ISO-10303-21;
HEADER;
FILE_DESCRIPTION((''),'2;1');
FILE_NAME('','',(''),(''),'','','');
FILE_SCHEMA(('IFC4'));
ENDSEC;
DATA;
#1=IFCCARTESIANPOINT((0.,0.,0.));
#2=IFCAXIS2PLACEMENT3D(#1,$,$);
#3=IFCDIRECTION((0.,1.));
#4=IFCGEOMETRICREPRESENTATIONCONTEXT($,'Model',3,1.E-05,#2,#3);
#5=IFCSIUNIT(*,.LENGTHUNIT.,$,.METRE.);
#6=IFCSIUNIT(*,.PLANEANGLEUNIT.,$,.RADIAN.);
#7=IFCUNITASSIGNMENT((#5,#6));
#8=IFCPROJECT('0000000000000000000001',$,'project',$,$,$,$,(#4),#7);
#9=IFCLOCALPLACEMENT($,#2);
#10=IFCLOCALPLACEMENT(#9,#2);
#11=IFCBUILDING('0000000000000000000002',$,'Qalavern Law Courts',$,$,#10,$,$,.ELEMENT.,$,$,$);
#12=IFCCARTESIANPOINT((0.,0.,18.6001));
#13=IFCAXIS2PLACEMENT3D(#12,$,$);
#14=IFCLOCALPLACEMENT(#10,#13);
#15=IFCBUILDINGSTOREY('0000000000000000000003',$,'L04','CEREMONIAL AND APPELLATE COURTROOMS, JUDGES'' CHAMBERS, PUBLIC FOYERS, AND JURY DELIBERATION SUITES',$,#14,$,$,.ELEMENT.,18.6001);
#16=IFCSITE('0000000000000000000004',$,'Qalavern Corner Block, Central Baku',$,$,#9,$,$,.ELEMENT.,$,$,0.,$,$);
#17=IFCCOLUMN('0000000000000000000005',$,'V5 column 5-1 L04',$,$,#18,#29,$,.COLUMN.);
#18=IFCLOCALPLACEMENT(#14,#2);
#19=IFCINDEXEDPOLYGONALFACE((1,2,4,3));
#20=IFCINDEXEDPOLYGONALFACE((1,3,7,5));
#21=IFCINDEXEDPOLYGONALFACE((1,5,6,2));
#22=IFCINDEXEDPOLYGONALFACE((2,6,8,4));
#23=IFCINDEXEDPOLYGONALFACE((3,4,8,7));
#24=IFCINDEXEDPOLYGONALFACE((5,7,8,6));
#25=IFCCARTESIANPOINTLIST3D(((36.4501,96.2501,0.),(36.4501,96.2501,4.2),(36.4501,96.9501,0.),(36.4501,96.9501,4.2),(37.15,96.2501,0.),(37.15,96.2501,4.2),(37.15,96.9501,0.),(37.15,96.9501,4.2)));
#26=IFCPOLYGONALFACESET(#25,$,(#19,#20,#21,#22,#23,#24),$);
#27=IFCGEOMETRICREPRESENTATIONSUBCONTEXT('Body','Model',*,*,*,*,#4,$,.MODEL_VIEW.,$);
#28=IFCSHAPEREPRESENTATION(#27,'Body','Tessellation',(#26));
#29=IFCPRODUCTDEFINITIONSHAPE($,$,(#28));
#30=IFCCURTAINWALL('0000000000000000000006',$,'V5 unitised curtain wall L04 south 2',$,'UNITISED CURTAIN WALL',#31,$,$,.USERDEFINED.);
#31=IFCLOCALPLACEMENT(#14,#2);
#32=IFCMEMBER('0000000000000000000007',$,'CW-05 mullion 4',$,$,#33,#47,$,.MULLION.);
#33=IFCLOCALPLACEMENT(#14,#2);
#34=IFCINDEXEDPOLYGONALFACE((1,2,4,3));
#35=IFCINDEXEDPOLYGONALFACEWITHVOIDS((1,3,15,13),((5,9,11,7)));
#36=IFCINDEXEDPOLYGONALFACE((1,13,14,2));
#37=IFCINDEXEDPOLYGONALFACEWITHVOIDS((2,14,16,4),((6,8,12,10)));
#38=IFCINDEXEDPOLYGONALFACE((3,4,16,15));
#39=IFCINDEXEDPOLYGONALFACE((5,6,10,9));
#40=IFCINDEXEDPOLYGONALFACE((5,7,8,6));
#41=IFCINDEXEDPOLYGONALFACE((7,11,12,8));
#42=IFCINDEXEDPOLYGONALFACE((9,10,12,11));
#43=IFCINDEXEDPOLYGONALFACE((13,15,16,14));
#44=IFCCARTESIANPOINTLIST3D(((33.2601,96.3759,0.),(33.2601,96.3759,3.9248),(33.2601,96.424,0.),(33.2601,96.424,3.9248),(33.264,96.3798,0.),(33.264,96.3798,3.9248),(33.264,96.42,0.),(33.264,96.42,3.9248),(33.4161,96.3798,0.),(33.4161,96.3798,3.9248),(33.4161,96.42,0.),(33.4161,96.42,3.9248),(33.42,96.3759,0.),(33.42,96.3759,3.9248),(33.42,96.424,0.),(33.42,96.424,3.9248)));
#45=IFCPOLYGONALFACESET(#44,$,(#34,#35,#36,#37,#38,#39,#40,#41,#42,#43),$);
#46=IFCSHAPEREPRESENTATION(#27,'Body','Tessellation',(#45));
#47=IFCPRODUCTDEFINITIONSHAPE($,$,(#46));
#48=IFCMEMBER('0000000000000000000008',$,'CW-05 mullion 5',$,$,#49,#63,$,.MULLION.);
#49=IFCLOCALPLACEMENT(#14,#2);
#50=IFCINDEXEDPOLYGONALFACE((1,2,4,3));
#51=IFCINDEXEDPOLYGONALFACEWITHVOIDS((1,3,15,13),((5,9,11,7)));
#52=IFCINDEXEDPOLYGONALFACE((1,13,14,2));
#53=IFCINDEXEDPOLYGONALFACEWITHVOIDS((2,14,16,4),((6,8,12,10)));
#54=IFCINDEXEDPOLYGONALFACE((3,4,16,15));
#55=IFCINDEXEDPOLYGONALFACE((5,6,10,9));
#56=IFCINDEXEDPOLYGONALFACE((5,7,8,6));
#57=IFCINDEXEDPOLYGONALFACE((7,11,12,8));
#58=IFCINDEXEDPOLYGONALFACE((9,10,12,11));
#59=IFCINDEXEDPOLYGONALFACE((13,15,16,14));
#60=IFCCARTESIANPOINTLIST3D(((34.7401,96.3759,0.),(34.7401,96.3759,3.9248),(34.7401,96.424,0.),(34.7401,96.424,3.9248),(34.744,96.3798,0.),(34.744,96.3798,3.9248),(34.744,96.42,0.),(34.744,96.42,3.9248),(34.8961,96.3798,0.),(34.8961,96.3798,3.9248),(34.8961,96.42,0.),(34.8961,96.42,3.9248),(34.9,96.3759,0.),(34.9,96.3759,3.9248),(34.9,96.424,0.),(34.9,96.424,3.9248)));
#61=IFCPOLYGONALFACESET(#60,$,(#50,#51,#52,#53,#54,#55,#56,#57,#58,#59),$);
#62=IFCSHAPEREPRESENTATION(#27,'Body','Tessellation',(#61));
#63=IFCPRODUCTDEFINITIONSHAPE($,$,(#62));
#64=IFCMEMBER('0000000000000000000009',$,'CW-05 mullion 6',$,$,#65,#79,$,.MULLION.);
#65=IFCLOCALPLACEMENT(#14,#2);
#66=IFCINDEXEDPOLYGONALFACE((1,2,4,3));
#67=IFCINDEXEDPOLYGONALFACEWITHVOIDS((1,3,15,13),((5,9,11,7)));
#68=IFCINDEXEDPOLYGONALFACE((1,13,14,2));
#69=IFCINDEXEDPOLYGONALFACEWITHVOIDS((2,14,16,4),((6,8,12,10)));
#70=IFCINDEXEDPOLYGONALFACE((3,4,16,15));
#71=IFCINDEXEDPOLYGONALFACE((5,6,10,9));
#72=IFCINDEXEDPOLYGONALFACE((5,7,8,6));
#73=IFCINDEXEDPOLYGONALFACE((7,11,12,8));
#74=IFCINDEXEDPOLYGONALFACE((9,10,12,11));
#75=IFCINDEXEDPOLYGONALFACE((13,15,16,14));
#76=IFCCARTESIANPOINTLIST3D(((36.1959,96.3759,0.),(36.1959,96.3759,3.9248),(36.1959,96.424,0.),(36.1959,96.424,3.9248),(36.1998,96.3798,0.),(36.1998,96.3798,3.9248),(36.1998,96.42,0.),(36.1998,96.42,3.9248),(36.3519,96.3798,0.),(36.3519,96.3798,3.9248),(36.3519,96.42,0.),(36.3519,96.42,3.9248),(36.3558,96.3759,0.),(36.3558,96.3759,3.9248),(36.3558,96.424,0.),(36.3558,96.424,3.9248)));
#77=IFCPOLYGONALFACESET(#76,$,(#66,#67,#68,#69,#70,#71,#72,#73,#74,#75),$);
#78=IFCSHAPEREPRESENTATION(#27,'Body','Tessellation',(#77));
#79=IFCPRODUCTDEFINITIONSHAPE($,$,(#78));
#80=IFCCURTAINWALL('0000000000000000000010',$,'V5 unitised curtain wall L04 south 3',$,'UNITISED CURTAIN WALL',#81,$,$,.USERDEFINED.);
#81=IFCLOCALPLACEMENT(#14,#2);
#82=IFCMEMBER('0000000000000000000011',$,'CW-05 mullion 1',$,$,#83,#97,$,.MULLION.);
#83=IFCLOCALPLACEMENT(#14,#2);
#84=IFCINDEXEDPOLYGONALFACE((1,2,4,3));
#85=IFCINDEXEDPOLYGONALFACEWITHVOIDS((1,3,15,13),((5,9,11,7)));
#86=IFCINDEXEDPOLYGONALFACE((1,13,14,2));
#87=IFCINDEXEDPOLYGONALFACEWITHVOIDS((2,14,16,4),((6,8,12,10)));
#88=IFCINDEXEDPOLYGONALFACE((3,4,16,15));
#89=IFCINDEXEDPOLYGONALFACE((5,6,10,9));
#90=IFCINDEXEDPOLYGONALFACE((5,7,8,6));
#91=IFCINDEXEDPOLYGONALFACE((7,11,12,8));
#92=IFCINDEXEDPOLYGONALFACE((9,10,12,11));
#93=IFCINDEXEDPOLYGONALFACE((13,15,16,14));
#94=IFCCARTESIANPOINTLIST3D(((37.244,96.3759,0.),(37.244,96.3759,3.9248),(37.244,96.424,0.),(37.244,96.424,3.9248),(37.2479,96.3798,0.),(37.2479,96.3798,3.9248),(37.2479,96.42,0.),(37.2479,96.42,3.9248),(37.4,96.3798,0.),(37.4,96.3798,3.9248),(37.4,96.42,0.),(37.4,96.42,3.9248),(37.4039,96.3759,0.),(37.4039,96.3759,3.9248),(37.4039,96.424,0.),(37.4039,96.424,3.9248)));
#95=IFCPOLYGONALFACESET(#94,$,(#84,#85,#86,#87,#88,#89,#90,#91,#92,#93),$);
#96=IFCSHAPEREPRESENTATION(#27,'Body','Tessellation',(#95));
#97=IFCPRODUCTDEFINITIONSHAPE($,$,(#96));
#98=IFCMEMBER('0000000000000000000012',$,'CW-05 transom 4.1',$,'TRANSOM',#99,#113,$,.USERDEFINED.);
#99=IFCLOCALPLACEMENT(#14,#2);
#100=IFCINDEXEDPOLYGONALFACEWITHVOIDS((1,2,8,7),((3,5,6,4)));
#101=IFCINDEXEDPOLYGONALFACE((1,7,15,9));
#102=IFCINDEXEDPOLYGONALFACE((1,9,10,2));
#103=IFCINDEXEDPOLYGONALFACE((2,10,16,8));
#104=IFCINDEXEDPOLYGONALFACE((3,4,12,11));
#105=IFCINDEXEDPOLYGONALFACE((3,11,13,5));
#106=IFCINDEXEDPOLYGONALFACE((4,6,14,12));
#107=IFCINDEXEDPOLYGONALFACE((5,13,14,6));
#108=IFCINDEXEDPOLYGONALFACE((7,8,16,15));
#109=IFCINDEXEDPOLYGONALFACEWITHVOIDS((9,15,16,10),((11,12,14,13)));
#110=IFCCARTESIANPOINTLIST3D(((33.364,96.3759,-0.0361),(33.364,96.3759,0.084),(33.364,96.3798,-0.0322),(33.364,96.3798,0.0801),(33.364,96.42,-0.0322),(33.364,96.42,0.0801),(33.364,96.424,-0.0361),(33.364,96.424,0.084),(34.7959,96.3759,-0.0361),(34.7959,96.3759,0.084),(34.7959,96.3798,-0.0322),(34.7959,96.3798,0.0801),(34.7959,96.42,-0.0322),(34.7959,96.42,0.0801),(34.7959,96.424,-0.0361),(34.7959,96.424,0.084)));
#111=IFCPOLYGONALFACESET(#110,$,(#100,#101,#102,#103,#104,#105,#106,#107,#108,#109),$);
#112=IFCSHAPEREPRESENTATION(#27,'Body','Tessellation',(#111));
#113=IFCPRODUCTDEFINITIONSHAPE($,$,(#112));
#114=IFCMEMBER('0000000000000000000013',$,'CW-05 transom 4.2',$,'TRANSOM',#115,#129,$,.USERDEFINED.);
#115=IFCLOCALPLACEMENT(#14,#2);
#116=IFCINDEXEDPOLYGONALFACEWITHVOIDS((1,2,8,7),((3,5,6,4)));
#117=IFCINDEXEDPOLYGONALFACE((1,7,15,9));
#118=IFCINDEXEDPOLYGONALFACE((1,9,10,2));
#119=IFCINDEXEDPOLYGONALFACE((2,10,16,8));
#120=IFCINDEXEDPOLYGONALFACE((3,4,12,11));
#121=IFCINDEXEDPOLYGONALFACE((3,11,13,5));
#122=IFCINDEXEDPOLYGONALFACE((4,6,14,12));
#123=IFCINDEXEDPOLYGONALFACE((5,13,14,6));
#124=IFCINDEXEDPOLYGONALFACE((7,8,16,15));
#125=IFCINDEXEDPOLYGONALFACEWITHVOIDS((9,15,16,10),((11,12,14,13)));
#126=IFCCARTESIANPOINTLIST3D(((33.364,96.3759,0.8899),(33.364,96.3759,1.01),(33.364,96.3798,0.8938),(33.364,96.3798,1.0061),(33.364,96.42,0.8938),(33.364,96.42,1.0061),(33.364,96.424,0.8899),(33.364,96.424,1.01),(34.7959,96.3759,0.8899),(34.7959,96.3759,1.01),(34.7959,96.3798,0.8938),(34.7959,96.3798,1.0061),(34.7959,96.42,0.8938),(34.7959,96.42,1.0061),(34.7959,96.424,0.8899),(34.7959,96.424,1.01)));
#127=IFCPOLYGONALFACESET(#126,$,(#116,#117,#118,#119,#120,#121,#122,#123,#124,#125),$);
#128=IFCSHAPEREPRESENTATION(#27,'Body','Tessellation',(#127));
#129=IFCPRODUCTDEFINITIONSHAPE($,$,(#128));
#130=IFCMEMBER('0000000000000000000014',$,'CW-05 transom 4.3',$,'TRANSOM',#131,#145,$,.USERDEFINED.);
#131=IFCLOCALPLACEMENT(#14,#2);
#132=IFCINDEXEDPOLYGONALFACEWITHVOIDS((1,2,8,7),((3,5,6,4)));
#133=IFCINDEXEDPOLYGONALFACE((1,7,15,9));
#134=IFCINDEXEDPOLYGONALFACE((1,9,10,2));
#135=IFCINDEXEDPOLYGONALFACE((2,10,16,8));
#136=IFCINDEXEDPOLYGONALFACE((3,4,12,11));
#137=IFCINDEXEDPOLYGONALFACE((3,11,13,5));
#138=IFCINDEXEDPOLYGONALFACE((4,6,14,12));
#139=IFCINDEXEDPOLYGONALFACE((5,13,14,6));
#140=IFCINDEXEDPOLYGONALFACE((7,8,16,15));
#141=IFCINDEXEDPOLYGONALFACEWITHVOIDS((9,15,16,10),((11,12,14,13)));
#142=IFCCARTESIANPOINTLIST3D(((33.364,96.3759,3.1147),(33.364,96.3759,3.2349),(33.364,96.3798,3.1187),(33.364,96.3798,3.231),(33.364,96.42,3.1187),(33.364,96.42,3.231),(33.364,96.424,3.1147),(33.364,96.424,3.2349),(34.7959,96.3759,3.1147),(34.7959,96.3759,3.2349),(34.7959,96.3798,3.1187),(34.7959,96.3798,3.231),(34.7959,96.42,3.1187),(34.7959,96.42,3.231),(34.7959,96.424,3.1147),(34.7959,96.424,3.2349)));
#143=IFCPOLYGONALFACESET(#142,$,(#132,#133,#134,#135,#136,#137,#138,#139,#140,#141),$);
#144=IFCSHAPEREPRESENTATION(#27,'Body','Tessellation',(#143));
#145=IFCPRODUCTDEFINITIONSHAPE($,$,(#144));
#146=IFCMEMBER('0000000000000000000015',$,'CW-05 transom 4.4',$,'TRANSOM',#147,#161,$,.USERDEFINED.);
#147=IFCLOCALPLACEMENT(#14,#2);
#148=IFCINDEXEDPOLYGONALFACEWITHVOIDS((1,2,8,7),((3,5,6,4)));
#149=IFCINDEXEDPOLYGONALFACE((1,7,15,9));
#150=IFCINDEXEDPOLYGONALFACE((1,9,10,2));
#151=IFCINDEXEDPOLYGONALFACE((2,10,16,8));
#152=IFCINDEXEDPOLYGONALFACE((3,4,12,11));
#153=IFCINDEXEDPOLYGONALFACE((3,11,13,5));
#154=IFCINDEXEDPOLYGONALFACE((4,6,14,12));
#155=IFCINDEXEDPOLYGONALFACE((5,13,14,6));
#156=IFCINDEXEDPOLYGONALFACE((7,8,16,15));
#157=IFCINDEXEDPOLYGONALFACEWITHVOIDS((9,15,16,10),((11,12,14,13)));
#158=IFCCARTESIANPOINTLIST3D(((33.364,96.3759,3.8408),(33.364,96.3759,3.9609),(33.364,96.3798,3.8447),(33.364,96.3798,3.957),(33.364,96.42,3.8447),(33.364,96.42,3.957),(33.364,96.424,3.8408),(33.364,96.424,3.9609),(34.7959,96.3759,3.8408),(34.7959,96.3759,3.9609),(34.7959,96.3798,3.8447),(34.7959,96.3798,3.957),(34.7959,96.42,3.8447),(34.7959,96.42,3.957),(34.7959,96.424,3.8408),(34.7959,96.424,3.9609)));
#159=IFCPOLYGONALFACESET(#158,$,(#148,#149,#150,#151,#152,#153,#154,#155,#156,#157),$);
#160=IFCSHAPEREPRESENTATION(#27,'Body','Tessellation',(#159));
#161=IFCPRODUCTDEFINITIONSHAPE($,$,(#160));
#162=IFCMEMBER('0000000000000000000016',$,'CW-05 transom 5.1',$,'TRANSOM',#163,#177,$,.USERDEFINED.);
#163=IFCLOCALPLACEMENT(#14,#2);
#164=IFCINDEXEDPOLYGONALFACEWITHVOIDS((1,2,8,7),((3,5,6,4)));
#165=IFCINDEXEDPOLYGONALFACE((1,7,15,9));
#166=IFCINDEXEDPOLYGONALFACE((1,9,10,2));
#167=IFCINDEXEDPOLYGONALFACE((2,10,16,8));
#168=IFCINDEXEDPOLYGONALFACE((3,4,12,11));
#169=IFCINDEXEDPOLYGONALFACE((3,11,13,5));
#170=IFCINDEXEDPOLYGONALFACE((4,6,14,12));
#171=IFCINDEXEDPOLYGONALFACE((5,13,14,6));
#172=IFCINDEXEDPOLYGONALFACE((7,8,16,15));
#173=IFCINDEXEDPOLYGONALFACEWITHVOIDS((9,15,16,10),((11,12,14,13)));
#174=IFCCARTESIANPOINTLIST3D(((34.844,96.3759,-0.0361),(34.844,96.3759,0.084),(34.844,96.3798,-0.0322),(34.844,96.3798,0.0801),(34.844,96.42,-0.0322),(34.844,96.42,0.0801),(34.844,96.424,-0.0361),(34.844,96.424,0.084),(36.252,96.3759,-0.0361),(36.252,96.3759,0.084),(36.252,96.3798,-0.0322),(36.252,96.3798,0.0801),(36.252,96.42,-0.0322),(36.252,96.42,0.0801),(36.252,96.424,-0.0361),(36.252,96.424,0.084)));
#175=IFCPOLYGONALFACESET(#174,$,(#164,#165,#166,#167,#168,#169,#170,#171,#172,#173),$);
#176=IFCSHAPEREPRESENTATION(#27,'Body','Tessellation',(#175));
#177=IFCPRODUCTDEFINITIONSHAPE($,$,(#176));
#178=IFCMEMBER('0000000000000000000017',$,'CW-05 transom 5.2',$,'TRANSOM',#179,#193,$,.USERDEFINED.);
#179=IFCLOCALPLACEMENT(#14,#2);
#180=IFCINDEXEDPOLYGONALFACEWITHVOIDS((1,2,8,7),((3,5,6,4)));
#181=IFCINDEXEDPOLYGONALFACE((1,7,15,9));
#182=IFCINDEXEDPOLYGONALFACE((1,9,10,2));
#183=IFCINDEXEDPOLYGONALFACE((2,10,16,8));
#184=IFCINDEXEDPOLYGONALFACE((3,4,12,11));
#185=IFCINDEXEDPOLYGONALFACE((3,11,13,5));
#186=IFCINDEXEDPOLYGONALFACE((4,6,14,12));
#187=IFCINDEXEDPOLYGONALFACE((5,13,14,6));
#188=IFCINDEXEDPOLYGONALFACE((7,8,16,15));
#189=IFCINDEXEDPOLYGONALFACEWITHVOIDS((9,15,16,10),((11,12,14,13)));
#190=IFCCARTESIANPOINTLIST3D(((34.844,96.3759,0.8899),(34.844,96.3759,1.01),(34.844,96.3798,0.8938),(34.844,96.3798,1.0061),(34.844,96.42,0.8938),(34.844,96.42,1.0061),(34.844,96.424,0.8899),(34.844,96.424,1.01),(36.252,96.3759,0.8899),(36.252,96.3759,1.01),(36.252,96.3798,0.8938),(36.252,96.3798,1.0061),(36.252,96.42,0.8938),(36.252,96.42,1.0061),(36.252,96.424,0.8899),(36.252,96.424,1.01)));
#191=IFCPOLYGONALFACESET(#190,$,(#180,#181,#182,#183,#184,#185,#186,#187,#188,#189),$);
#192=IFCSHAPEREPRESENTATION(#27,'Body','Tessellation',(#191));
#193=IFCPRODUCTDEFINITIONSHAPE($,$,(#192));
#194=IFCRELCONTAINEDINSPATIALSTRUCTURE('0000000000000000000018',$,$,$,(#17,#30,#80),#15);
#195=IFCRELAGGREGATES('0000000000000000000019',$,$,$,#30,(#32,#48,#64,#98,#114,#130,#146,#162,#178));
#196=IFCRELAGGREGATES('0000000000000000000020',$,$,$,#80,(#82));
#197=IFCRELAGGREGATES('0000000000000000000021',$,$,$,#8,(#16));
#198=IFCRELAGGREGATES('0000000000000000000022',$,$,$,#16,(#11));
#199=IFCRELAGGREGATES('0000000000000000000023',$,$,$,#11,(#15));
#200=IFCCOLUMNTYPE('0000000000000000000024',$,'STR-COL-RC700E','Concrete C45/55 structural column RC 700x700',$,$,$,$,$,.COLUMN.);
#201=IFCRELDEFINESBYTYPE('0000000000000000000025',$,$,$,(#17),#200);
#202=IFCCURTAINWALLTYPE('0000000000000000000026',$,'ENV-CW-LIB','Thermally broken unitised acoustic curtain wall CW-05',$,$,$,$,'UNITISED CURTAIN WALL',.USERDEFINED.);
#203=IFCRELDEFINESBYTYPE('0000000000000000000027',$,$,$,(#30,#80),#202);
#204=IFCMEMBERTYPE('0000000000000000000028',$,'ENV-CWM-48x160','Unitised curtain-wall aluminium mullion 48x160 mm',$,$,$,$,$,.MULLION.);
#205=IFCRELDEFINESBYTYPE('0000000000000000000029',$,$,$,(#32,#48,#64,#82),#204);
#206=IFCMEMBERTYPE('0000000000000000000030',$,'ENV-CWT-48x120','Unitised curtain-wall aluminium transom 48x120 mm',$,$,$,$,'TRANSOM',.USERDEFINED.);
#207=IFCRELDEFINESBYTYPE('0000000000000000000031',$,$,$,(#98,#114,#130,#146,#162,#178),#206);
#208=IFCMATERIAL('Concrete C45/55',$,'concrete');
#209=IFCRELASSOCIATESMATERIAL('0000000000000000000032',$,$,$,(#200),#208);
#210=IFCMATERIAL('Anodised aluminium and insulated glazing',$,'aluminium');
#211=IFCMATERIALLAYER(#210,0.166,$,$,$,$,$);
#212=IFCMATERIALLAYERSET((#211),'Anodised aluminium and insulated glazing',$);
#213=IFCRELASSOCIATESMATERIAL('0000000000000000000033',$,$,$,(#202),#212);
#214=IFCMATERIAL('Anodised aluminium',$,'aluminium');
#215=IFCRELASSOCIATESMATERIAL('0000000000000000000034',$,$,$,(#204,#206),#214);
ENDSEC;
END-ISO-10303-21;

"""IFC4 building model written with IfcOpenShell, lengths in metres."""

from ifc_helpers import new_model, si_unit, direction, frame, origin, origin_2d, place, context, subcontext, project, spatial, rectangle, hollow_rectangle, extrude, material, layer, layer_set, material_profile, profile_set, type_object, element, aggregate, save


model = new_model("IFC4")

# Units and contexts
model_context = context("Model", 3, precision=1e-05, world=origin(), true_north=direction((0.0, 1.0)))
body_context = subcontext(model_context, "Body", "Model", "MODEL_VIEW")
ifc_project = project(units=[si_unit("LENGTHUNIT", "METRE"), si_unit("PLANEANGLEUNIT", "RADIAN")], contexts=[model_context])

# Site, building, storey
site_placement = place(None, origin())
site = spatial("IfcSite", under=ifc_project, at=site_placement, Name="Qalavern Corner Block, Central Baku", CompositionType="ELEMENT", RefElevation=0.0)
building_placement = place(site_placement, origin())
building = spatial("IfcBuilding", under=site, at=building_placement, Name="Qalavern Law Courts", CompositionType="ELEMENT")
storey_placement = place(building_placement, frame((0.0, 0.0, 18.6001)))
storey = spatial("IfcBuildingStorey", under=building, at=storey_placement, Name="L04", Description="CEREMONIAL AND APPELLATE COURTROOMS, JUDGES' CHAMBERS, PUBLIC FOYERS, AND JURY DELIBERATION SUITES", CompositionType="ELEMENT", Elevation=18.6001)

# Column
ifc_material_1 = material(Name="Concrete C45/55", Category="concrete")
ifc_material_profile_1 = material_profile(ifc_material_1, rectangle(XDim=0.7, YDim=0.7, at=origin_2d()), Name="RC 700x700")
ifc_profile_set_1 = profile_set([ifc_material_profile_1], Name="Concrete C45/55")
column_type = type_object("IfcColumnType", Name="STR-COL-RC700E", Description="Concrete C45/55 structural column RC 700x700", PredefinedType="COLUMN", material=ifc_profile_set_1)
column_placement = place(storey_placement, frame((36.8, 96.6001, 0.0), z_axis=(0.0, 0.0, 1.0), x_axis=(1.0, 0.0, 0.0)))
element("IfcColumn", 1, at=column_placement, inside=storey, type_object=column_type, Name="V5 column 5-1 L04", PredefinedType="COLUMN", context=body_context, shape_type="SweptSolid", body=[
    extrude(rectangle(XDim=0.7, YDim=0.7, at=origin_2d()), origin(), (0.0, 0.0, 1.0), 4.2),
])

# Curtain wall, members
ifc_material_2 = material(Name="Anodised aluminium and insulated glazing", Category="aluminium")
ifc_layer_1 = layer(ifc_material_2, 0.166)
ifc_layer_set_1 = layer_set([ifc_layer_1], Name="Anodised aluminium and insulated glazing")
curtain_wall_type = type_object("IfcCurtainWallType", Name="ENV-CW-LIB", Description="Thermally broken unitised acoustic curtain wall CW-05", ElementType="UNITISED CURTAIN WALL", PredefinedType="USERDEFINED", material=ifc_layer_set_1)
curtain_wall_1_placement = place(storey_placement, origin())
curtain_wall_1 = element("IfcCurtainWall", 2, at=curtain_wall_1_placement, inside=storey, type_object=curtain_wall_type, Name="V5 unitised curtain wall L04 south 2", ObjectType="UNITISED CURTAIN WALL", PredefinedType="USERDEFINED")
ifc_material_3 = material(Name="Anodised aluminium", Category="aluminium")
ifc_material_profile_2 = material_profile(ifc_material_3, hollow_rectangle(XDim=0.0481, YDim=0.1599, WallThickness=0.0039, at=origin_2d()), Name="ALU MULLION 48x160")
ifc_profile_set_2 = profile_set([ifc_material_profile_2], Name="Anodised aluminium")
member_type_1 = type_object("IfcMemberType", Name="ENV-CWM-48x160", Description="Unitised curtain-wall aluminium mullion 48x160 mm", PredefinedType="MULLION", material=ifc_profile_set_2)
member_1_placement = place(storey_placement, frame((33.3401, 96.3999, 0.0), z_axis=(0.0, 0.0, 1.0), x_axis=(0.0, 1.0, 0.0)))
member_1 = element("IfcMember", 3, at=member_1_placement, type_object=member_type_1, Name="CW-05 mullion 4", PredefinedType="MULLION", context=body_context, shape_type="SweptSolid", body=[
    extrude(hollow_rectangle(XDim=0.0481, YDim=0.1599, WallThickness=0.0039, at=origin_2d()), origin(), (0.0, 0.0, 1.0), 3.9248),
])
member_2_placement = place(storey_placement, frame((34.8201, 96.3999, 0.0), z_axis=(0.0, 0.0, 1.0), x_axis=(0.0, 1.0, 0.0)))
member_2 = element("IfcMember", 4, at=member_2_placement, type_object=member_type_1, Name="CW-05 mullion 5", PredefinedType="MULLION", context=body_context, shape_type="SweptSolid", body=[
    extrude(hollow_rectangle(XDim=0.0481, YDim=0.1599, WallThickness=0.0039, at=origin_2d()), origin(), (0.0, 0.0, 1.0), 3.9248),
])
member_3_placement = place(storey_placement, frame((36.2759, 96.3999, 0.0), z_axis=(0.0, 0.0, 1.0), x_axis=(0.0, 1.0, 0.0)))
member_3 = element("IfcMember", 5, at=member_3_placement, type_object=member_type_1, Name="CW-05 mullion 6", PredefinedType="MULLION", context=body_context, shape_type="SweptSolid", body=[
    extrude(hollow_rectangle(XDim=0.0481, YDim=0.1599, WallThickness=0.0039, at=origin_2d()), origin(), (0.0, 0.0, 1.0), 3.9248),
])

# Curtain wall, member
curtain_wall_2_placement = place(storey_placement, origin())
curtain_wall_2 = element("IfcCurtainWall", 6, at=curtain_wall_2_placement, inside=storey, type_object=curtain_wall_type, Name="V5 unitised curtain wall L04 south 3", ObjectType="UNITISED CURTAIN WALL", PredefinedType="USERDEFINED")
member_4_placement = place(storey_placement, frame((37.324, 96.3999, 0.0), z_axis=(0.0, 0.0, 1.0), x_axis=(0.0, 1.0, 0.0)))
member_4 = element("IfcMember", 7, at=member_4_placement, type_object=member_type_1, Name="CW-05 mullion 1", PredefinedType="MULLION", context=body_context, shape_type="SweptSolid", body=[
    extrude(hollow_rectangle(XDim=0.0481, YDim=0.1599, WallThickness=0.0039, at=origin_2d()), origin(), (0.0, 0.0, 1.0), 3.9248),
])

# Members
ifc_material_profile_3 = material_profile(ifc_material_3, hollow_rectangle(XDim=0.0481, YDim=0.1201, WallThickness=0.0039, at=origin_2d()), Name="ALU TRANSOM 48x120")
ifc_profile_set_3 = profile_set([ifc_material_profile_3], Name="Anodised aluminium")
member_type_2 = type_object("IfcMemberType", Name="ENV-CWT-48x120", Description="Unitised curtain-wall aluminium transom 48x120 mm", ElementType="TRANSOM", PredefinedType="USERDEFINED", material=ifc_profile_set_3)
member_5_placement = place(storey_placement, frame((33.364, 96.3999, 0.0239), z_axis=(1.0, 0.0, 0.0), x_axis=(0.0, 1.0, 0.0)))
member_5 = element("IfcMember", 8, at=member_5_placement, type_object=member_type_2, Name="CW-05 transom 4.1", ObjectType="TRANSOM", PredefinedType="USERDEFINED", context=body_context, shape_type="SweptSolid", body=[
    extrude(hollow_rectangle(XDim=0.0481, YDim=0.1201, WallThickness=0.0039, at=origin_2d()), origin(), (0.0, 0.0, 1.0), 1.4319),
])
member_6_placement = place(storey_placement, frame((33.364, 96.3999, 0.95), z_axis=(1.0, 0.0, 0.0), x_axis=(0.0, 1.0, 0.0)))
member_6 = element("IfcMember", 9, at=member_6_placement, type_object=member_type_2, Name="CW-05 transom 4.2", ObjectType="TRANSOM", PredefinedType="USERDEFINED", context=body_context, shape_type="SweptSolid", body=[
    extrude(hollow_rectangle(XDim=0.0481, YDim=0.1201, WallThickness=0.0039, at=origin_2d()), origin(), (0.0, 0.0, 1.0), 1.4319),
])
member_7_placement = place(storey_placement, frame((33.364, 96.3999, 3.1748), z_axis=(1.0, 0.0, 0.0), x_axis=(0.0, 1.0, 0.0)))
member_7 = element("IfcMember", 10, at=member_7_placement, type_object=member_type_2, Name="CW-05 transom 4.3", ObjectType="TRANSOM", PredefinedType="USERDEFINED", context=body_context, shape_type="SweptSolid", body=[
    extrude(hollow_rectangle(XDim=0.0481, YDim=0.1201, WallThickness=0.0039, at=origin_2d()), origin(), (0.0, 0.0, 1.0), 1.4319),
])
member_8_placement = place(storey_placement, frame((33.364, 96.3999, 3.9009), z_axis=(1.0, 0.0, 0.0), x_axis=(0.0, 1.0, 0.0)))
member_8 = element("IfcMember", 11, at=member_8_placement, type_object=member_type_2, Name="CW-05 transom 4.4", ObjectType="TRANSOM", PredefinedType="USERDEFINED", context=body_context, shape_type="SweptSolid", body=[
    extrude(hollow_rectangle(XDim=0.0481, YDim=0.1201, WallThickness=0.0039, at=origin_2d()), origin(), (0.0, 0.0, 1.0), 1.4319),
])
member_9_placement = place(storey_placement, frame((34.844, 96.3999, 0.0239), z_axis=(1.0, 0.0, 0.0), x_axis=(0.0, 1.0, 0.0)))
member_9 = element("IfcMember", 12, at=member_9_placement, type_object=member_type_2, Name="CW-05 transom 5.1", ObjectType="TRANSOM", PredefinedType="USERDEFINED", context=body_context, shape_type="SweptSolid", body=[
    extrude(hollow_rectangle(XDim=0.0481, YDim=0.1201, WallThickness=0.0039, at=origin_2d()), origin(), (0.0, 0.0, 1.0), 1.408),
])
member_10_placement = place(storey_placement, frame((34.844, 96.3999, 0.95), z_axis=(1.0, 0.0, 0.0), x_axis=(0.0, 1.0, 0.0)))
member_10 = element("IfcMember", 13, at=member_10_placement, type_object=member_type_2, Name="CW-05 transom 5.2", ObjectType="TRANSOM", PredefinedType="USERDEFINED", context=body_context, shape_type="SweptSolid", body=[
    extrude(hollow_rectangle(XDim=0.0481, YDim=0.1201, WallThickness=0.0039, at=origin_2d()), origin(), (0.0, 0.0, 1.0), 1.408),
])

aggregate(curtain_wall_1, [member_1, member_2, member_3, member_5, member_6, member_7, member_8, member_9, member_10])
aggregate(curtain_wall_2, [member_4])

save(model, "model.ifc")
